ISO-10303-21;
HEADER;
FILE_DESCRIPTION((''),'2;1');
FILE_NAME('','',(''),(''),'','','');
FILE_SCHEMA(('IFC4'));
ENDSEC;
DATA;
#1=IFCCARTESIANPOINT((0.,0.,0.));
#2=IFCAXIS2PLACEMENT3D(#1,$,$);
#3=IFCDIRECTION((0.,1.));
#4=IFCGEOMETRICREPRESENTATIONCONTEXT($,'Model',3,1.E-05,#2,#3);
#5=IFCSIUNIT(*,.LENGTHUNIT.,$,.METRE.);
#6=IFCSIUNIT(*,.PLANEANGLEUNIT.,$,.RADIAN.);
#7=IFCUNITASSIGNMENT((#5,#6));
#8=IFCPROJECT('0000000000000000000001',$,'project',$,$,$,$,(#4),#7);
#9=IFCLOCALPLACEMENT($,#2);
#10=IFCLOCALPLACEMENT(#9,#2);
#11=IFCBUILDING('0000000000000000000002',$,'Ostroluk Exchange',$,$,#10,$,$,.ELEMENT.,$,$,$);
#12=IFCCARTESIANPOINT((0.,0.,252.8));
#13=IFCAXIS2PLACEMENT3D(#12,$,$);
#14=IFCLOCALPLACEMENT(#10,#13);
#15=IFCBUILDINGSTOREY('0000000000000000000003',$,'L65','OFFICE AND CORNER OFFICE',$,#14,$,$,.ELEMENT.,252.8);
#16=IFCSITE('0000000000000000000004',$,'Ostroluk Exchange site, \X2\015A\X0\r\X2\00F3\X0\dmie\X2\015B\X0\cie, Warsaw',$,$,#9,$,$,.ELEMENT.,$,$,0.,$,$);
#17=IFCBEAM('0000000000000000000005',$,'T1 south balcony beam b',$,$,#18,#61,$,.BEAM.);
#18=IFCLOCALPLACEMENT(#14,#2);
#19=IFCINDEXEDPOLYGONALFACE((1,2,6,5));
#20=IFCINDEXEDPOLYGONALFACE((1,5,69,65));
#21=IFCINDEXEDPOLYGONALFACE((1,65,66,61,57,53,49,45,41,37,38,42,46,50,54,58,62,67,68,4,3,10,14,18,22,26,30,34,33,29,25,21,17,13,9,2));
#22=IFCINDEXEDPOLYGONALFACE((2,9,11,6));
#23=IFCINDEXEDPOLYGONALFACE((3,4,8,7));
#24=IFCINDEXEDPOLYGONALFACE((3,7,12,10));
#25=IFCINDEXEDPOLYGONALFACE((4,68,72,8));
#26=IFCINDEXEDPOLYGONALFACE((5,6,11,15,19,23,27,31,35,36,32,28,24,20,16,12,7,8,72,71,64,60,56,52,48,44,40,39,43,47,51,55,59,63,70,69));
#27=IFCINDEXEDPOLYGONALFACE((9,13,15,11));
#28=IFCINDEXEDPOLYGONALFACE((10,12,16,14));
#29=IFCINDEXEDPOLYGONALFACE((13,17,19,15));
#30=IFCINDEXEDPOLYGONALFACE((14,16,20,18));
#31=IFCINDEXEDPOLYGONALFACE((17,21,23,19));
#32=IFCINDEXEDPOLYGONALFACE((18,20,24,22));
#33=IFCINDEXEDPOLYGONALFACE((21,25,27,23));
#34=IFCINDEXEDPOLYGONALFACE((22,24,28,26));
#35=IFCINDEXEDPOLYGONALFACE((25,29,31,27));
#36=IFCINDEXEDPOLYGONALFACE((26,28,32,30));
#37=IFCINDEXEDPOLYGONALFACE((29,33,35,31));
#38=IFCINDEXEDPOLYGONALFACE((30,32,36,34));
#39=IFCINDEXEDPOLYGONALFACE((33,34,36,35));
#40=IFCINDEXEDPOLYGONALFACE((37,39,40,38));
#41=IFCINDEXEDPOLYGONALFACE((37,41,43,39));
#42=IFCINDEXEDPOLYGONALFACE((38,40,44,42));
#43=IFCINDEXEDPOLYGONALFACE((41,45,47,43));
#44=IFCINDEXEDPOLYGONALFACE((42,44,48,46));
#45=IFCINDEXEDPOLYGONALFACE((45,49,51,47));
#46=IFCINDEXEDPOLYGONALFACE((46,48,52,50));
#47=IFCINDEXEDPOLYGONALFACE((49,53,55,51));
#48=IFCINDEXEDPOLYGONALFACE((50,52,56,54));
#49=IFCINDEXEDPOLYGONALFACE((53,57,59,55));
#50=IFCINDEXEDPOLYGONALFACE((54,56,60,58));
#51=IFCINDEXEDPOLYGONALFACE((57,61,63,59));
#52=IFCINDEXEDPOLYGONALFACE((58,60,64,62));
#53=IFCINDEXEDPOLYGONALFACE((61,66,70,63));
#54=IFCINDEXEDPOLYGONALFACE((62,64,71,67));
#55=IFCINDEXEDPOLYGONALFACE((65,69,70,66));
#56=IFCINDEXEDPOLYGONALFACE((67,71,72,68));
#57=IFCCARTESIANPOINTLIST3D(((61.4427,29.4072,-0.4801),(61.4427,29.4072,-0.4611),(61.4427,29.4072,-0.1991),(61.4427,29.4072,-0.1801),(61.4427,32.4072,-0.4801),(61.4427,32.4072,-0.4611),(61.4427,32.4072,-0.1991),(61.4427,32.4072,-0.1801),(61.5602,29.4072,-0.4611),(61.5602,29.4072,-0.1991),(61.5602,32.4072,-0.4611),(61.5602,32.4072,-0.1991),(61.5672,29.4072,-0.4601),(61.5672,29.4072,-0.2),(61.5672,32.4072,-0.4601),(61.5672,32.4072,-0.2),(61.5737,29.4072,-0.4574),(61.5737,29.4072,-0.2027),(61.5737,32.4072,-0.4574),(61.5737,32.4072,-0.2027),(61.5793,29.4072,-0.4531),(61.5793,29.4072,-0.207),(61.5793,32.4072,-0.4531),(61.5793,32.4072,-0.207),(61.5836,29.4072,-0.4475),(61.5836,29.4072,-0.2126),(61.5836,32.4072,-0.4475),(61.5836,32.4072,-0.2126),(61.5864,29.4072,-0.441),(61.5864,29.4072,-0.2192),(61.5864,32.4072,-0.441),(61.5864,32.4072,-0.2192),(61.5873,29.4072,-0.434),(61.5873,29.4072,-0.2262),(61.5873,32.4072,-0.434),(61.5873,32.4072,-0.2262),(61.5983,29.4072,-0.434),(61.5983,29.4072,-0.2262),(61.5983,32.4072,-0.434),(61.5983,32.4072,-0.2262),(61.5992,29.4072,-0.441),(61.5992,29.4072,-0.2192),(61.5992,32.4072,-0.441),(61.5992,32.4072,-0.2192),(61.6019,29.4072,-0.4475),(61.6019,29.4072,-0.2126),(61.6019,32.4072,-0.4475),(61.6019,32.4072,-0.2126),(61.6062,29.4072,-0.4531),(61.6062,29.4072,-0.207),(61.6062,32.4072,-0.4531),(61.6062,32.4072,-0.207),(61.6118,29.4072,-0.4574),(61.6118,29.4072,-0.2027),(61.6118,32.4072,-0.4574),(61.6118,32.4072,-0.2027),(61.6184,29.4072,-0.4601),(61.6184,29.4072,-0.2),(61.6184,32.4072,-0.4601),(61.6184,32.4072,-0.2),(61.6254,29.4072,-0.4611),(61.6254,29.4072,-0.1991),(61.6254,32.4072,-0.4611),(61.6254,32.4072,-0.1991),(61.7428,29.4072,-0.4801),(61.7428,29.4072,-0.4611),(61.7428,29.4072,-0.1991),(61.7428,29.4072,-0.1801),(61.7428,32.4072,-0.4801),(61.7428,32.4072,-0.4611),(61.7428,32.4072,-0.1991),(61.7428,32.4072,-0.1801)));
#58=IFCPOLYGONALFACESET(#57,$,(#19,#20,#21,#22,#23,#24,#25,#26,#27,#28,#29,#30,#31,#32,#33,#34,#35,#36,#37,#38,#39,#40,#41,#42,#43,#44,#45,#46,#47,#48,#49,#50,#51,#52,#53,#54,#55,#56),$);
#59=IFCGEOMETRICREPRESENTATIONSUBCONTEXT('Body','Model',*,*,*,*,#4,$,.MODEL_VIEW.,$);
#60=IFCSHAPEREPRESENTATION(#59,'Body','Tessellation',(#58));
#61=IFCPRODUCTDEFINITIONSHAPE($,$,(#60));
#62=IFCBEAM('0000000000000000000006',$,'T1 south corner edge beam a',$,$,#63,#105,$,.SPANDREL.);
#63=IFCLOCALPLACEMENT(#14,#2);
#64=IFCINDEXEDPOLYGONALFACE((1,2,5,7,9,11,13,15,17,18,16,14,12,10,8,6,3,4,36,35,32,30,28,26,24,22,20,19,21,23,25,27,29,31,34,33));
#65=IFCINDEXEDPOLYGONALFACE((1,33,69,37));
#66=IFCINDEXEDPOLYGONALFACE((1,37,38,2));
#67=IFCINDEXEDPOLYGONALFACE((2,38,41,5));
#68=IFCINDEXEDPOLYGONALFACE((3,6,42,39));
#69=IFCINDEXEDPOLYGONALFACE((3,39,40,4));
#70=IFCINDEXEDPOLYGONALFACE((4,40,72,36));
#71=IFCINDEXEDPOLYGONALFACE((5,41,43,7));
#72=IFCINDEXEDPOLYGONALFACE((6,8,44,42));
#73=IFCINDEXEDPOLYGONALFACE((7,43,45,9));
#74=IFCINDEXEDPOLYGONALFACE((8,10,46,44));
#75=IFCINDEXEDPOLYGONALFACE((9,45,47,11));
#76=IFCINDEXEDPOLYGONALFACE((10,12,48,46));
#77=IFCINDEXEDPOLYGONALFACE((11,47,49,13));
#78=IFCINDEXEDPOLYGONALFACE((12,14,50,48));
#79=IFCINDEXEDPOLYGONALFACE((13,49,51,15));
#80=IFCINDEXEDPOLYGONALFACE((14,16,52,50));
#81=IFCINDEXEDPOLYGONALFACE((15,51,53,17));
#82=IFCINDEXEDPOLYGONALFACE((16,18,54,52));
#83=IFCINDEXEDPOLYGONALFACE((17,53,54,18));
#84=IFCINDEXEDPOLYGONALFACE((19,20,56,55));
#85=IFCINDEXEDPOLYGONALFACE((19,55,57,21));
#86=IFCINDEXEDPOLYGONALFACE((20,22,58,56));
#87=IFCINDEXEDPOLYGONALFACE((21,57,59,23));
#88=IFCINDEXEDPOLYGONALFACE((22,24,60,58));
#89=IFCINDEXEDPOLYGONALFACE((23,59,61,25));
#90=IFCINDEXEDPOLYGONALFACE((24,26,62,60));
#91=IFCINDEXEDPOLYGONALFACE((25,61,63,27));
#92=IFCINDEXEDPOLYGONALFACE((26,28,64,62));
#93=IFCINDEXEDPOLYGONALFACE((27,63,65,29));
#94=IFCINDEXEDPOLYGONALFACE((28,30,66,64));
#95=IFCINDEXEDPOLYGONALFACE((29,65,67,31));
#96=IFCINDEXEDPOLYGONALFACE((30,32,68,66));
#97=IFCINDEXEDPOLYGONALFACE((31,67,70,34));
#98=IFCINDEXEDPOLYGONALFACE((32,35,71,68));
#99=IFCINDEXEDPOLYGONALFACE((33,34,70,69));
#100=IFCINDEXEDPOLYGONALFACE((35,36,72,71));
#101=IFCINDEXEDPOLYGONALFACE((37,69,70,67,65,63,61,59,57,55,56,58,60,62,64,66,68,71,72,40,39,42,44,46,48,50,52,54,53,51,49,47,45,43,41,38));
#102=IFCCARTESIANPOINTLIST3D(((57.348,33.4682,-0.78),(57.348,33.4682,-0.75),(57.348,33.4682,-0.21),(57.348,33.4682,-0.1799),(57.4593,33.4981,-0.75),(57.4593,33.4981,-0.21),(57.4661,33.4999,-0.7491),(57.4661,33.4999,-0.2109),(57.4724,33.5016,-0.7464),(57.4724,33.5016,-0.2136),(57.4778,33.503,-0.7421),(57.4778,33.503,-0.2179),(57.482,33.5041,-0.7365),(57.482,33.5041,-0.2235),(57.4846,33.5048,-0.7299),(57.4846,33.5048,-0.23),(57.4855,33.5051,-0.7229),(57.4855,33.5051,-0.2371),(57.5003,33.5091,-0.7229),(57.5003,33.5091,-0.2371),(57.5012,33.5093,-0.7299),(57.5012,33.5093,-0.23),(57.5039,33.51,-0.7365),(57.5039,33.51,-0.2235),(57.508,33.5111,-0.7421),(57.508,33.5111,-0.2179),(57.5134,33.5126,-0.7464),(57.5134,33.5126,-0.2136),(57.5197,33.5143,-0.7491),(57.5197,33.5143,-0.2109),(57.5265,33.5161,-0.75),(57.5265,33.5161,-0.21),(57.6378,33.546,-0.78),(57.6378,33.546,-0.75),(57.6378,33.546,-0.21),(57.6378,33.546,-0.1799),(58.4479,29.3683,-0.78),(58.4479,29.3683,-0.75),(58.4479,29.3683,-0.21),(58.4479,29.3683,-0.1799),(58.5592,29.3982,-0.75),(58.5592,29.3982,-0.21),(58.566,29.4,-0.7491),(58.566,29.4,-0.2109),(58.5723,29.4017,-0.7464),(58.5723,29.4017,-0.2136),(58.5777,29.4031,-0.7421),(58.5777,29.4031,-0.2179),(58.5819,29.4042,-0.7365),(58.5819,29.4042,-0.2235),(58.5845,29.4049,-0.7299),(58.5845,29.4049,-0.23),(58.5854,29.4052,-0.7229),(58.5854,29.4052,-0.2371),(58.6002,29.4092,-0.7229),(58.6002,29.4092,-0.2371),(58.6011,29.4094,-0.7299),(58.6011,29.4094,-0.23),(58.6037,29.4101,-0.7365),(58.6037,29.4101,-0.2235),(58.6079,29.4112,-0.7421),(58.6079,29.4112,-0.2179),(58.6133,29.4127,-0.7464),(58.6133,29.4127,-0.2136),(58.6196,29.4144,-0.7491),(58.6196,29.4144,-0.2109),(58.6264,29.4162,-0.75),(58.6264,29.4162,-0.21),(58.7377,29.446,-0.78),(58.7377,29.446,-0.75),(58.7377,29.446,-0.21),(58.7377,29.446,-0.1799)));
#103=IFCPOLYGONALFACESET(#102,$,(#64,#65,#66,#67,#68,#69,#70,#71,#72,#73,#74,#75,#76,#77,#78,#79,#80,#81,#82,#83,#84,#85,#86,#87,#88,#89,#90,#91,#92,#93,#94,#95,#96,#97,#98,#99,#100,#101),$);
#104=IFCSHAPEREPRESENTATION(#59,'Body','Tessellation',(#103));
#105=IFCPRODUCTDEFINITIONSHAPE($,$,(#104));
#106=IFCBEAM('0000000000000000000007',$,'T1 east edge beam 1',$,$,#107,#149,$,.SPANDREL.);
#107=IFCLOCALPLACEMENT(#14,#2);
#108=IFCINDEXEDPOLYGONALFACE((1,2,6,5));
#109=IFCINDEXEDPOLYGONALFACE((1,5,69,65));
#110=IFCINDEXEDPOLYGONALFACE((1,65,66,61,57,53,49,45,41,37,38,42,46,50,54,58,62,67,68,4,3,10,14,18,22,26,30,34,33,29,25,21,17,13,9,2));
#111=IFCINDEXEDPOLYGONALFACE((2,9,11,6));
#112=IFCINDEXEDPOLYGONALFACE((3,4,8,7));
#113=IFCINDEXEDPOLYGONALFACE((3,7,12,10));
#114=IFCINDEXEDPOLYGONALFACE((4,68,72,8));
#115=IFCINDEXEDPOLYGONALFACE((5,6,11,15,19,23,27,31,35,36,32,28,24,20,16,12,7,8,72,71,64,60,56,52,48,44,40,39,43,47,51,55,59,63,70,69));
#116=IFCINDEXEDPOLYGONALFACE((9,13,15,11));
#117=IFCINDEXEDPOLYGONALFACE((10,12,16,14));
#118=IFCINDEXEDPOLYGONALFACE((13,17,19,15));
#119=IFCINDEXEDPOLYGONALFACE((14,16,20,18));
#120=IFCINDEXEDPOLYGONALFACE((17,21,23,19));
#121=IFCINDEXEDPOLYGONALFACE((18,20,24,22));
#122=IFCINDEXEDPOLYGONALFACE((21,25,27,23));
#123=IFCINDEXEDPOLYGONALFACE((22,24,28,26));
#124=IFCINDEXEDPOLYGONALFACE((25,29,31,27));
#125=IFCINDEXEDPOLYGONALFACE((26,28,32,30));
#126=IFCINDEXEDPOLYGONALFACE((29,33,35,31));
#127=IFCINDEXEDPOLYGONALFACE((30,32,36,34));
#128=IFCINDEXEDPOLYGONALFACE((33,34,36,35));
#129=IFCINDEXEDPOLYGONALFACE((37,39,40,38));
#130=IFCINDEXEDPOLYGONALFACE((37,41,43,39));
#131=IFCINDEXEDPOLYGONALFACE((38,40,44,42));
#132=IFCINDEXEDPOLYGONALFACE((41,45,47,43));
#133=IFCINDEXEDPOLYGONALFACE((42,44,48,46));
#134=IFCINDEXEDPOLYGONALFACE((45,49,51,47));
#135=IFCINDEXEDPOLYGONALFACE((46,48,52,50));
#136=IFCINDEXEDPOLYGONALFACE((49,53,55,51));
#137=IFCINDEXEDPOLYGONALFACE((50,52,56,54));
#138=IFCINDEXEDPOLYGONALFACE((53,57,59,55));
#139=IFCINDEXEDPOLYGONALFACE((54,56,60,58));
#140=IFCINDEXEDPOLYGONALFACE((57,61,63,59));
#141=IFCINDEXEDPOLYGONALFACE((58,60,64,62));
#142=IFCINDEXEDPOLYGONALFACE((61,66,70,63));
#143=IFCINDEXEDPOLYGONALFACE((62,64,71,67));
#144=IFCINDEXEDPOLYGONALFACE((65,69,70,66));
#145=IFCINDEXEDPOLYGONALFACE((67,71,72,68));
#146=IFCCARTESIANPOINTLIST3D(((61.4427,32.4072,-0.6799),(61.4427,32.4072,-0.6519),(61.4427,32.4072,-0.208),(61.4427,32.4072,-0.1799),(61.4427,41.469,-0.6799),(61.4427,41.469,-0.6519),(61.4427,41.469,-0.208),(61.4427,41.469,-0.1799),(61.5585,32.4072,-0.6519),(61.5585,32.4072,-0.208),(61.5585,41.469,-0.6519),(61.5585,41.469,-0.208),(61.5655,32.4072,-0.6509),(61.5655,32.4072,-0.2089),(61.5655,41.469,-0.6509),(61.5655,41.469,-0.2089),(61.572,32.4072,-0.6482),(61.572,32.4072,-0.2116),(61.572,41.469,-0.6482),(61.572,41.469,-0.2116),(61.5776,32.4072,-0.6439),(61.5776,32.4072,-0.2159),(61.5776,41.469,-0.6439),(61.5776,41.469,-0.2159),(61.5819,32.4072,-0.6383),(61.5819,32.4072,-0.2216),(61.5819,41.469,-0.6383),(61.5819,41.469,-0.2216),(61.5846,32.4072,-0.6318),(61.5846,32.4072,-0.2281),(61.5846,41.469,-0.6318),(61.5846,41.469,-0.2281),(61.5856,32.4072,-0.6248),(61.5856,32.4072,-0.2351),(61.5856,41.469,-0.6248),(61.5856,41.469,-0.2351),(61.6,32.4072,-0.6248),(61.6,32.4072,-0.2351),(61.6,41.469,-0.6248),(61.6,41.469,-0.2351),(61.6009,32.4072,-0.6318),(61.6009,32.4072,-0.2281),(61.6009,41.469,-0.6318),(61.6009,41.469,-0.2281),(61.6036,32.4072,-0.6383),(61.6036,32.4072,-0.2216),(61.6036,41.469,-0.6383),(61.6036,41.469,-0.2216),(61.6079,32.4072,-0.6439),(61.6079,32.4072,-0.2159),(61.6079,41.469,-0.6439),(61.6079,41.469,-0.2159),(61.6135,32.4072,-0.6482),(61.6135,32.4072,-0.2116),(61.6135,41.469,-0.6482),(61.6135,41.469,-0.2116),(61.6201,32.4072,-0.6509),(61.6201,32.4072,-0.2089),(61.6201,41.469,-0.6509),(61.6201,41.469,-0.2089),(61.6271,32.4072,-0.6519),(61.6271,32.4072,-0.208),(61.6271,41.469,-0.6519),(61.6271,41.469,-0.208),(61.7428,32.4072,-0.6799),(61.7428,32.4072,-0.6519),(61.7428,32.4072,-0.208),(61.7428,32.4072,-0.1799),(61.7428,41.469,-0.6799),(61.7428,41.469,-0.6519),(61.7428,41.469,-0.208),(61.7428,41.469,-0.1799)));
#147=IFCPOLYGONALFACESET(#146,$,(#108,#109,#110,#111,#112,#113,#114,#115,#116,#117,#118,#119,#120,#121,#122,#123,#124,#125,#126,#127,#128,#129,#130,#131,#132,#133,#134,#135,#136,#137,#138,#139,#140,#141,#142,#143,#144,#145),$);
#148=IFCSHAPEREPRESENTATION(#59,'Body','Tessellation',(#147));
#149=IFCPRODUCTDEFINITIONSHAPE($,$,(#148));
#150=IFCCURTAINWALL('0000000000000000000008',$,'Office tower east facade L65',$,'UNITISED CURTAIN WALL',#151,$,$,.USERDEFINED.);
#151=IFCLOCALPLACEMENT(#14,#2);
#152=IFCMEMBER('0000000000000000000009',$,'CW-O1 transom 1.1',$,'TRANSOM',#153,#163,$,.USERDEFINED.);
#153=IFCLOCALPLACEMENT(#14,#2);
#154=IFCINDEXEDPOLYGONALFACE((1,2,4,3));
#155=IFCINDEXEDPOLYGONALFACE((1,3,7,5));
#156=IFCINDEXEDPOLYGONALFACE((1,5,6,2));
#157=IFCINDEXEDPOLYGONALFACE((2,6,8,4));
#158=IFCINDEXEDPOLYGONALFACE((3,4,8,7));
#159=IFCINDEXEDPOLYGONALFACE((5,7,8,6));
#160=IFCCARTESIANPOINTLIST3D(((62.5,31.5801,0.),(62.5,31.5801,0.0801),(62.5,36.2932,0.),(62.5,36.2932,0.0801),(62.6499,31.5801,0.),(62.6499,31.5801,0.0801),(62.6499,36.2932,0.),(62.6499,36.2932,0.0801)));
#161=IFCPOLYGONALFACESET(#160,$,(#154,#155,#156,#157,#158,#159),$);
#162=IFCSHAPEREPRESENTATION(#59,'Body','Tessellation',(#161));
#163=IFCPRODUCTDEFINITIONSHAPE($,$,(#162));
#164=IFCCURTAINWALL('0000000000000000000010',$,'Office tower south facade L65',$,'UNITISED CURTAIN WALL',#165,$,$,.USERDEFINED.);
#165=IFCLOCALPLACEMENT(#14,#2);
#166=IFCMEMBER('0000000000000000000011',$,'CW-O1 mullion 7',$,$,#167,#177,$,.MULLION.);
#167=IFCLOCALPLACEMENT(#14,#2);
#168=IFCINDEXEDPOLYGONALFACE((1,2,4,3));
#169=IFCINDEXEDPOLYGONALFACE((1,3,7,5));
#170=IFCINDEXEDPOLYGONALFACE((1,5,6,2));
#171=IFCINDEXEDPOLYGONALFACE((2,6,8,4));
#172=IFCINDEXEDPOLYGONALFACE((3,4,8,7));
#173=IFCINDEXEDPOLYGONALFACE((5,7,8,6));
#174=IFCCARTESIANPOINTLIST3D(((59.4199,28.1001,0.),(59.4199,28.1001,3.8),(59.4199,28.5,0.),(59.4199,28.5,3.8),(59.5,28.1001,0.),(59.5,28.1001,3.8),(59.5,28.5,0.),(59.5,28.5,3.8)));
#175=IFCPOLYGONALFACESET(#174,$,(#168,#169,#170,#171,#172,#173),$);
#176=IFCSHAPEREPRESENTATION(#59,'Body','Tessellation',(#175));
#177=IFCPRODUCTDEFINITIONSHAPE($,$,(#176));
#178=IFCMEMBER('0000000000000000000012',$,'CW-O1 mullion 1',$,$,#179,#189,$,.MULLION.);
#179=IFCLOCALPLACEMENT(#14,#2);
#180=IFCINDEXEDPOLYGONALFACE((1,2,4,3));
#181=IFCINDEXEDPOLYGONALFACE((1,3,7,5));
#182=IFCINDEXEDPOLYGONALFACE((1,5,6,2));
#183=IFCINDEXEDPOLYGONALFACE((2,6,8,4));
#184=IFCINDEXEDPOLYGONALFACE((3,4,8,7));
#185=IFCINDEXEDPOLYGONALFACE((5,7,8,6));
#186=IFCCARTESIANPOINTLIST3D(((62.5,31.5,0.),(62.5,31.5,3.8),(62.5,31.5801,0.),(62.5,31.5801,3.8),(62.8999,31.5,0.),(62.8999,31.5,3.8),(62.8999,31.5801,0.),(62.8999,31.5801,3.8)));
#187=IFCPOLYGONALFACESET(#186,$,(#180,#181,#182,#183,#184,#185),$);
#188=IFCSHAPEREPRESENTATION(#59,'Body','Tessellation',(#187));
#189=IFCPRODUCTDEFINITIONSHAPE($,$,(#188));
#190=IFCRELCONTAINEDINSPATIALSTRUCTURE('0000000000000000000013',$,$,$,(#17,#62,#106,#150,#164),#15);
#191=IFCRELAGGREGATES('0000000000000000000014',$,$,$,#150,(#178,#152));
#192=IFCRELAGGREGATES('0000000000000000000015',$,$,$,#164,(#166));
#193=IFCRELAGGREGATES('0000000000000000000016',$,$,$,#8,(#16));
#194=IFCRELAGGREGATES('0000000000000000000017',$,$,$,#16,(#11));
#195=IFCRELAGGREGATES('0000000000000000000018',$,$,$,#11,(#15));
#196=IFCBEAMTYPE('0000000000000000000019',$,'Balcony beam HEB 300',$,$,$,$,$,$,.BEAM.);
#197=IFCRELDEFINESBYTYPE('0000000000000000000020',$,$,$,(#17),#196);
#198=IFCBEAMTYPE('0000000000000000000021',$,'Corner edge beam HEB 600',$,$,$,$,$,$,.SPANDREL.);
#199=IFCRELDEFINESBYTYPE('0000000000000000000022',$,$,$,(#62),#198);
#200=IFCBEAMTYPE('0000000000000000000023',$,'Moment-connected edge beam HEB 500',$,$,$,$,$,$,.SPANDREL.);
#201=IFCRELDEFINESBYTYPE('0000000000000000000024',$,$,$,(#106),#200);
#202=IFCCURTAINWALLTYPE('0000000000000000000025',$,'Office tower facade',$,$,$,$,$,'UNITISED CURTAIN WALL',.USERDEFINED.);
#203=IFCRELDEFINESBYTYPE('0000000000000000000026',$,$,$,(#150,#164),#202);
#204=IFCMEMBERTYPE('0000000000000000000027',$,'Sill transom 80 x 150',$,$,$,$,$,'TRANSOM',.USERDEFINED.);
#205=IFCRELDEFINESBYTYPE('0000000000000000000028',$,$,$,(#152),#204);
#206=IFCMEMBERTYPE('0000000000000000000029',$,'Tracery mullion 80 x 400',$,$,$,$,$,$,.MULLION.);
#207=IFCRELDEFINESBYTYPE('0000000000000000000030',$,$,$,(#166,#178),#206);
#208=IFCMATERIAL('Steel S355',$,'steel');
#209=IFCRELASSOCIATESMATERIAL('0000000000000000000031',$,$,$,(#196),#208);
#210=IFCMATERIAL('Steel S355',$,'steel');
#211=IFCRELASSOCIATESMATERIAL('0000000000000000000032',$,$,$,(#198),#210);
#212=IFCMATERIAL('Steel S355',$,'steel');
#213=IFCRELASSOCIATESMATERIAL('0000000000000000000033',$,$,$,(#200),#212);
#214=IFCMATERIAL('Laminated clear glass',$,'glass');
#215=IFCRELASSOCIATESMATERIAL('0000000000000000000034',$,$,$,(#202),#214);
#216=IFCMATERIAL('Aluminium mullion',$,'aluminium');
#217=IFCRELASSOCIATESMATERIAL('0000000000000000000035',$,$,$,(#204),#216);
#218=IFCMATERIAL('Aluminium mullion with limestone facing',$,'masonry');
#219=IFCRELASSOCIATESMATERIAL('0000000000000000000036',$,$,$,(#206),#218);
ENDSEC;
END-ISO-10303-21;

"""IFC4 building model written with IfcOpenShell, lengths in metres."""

from ifc_helpers import new_model, si_unit, direction, frame, origin, origin_2d, place, context, subcontext, project, spatial, rectangle, i_section, extrude, material, material_profile, profile_set, type_object, element, aggregate, save


model = new_model("IFC4")

# Units and contexts
model_context = context("Model", 3, precision=1e-05, world=origin(), true_north=direction((0.0, 1.0)))
body_context = subcontext(model_context, "Body", "Model", "MODEL_VIEW")
ifc_project = project(units=[si_unit("LENGTHUNIT", "METRE"), si_unit("PLANEANGLEUNIT", "RADIAN")], contexts=[model_context])

# Site, building, storey
site_placement = place(None, origin())
site = spatial("IfcSite", under=ifc_project, at=site_placement, Name="Ostroluk Exchange site, Śródmieście, Warsaw", CompositionType="ELEMENT", RefElevation=0.0)
building_placement = place(site_placement, origin())
building = spatial("IfcBuilding", under=site, at=building_placement, Name="Ostroluk Exchange", CompositionType="ELEMENT")
storey_placement = place(building_placement, frame((0.0, 0.0, 252.8)))
storey = spatial("IfcBuildingStorey", under=building, at=storey_placement, Name="L65", Description="OFFICE AND CORNER OFFICE", CompositionType="ELEMENT", Elevation=252.8)

# Beams
ifc_material_1 = material(Name="Steel S355", Category="steel")
ifc_material_profile_1 = material_profile(ifc_material_1, i_section(OverallWidth=0.3, OverallDepth=0.3, WebThickness=0.011, FlangeThickness=0.019, FilletRadius=0.0271, at=origin_2d()), Name="HEB 300")
ifc_profile_set_1 = profile_set([ifc_material_profile_1], Name="Steel S355")
beam_type_1 = type_object("IfcBeamType", Name="Balcony beam HEB 300", PredefinedType="BEAM", material=ifc_profile_set_1)
for number, where, z_axis, x_axis, name in (
    (1, (61.5928, 32.4072, -0.3301), (0.0, -1.0, 0.0), (1.0, 0.0, 0.0), "T1 south balcony beam b"),
):
    element("IfcBeam", number, at=place(storey_placement, frame(where, z_axis=z_axis, x_axis=x_axis)), inside=storey, type_object=beam_type_1, Name=name, PredefinedType="BEAM", context=body_context, shape_type="SweptSolid", body=[
        extrude(i_section(OverallWidth=0.3, OverallDepth=0.3, WebThickness=0.011, FlangeThickness=0.019, FilletRadius=0.0271, at=origin_2d()), origin(), (0.0, 0.0, 1.0), 3.0),
    ])
ifc_material_2 = material(Name="Steel S355", Category="steel")
ifc_material_profile_2 = material_profile(ifc_material_2, i_section(OverallWidth=0.3, OverallDepth=0.6001, WebThickness=0.0154, FlangeThickness=0.03, FilletRadius=0.0271, at=origin_2d()), Name="HEB 600")
ifc_profile_set_2 = profile_set([ifc_material_profile_2], Name="Steel S355")
beam_type_2 = type_object("IfcBeamType", Name="Corner edge beam HEB 600", PredefinedType="SPANDREL", material=ifc_profile_set_2)
beam_1_placement = place(storey_placement, frame((57.4929, 33.5071, -0.48), z_axis=(0.259105, -0.965849, 0.0), x_axis=(0.965849, 0.259105, 0.0)))
element("IfcBeam", 2, at=beam_1_placement, inside=storey, type_object=beam_type_2, Name="T1 south corner edge beam a", PredefinedType="SPANDREL", context=body_context, shape_type="SweptSolid", body=[
    extrude(i_section(OverallWidth=0.3, OverallDepth=0.6001, WebThickness=0.0154, FlangeThickness=0.03, FilletRadius=0.0271, at=origin_2d()), origin(), (0.0, 0.0, 1.0), 4.2449),
])
ifc_material_3 = material(Name="Steel S355", Category="steel")
ifc_material_profile_3 = material_profile(ifc_material_3, i_section(OverallWidth=0.3, OverallDepth=0.5, WebThickness=0.0144, FlangeThickness=0.0281, FilletRadius=0.0271, at=origin_2d()), Name="HEB 500")
ifc_profile_set_3 = profile_set([ifc_material_profile_3], Name="Steel S355")
beam_type_3 = type_object("IfcBeamType", Name="Moment-connected edge beam HEB 500", PredefinedType="SPANDREL", material=ifc_profile_set_3)
beam_2_placement = place(storey_placement, frame((61.5928, 32.4072, -0.4299), z_axis=(0.0, 1.0, 0.0), x_axis=(-1.0, 0.0, 0.0)))
element("IfcBeam", 3, at=beam_2_placement, inside=storey, type_object=beam_type_3, Name="T1 east edge beam 1", PredefinedType="SPANDREL", context=body_context, shape_type="SweptSolid", body=[
    extrude(i_section(OverallWidth=0.3, OverallDepth=0.5, WebThickness=0.0144, FlangeThickness=0.0281, FilletRadius=0.0271, at=origin_2d()), origin(), (0.0, 0.0, 1.0), 9.0618),
])

# Curtain walls, members
ifc_material_4 = material(Name="Laminated clear glass", Category="glass")
curtain_wall_type = type_object("IfcCurtainWallType", Name="Office tower facade", ElementType="UNITISED CURTAIN WALL", PredefinedType="USERDEFINED", material=ifc_material_4)
curtain_wall_1_placement = place(storey_placement, origin())
curtain_wall_1 = element("IfcCurtainWall", 4, at=curtain_wall_1_placement, inside=storey, type_object=curtain_wall_type, Name="Office tower east facade L65", ObjectType="UNITISED CURTAIN WALL", PredefinedType="USERDEFINED")
ifc_material_5 = material(Name="Aluminium mullion", Category="aluminium")
ifc_material_profile_4 = material_profile(ifc_material_5, rectangle(XDim=0.1499, YDim=0.0801, at=origin_2d()), Name="Sill transom 80 x 150")
ifc_profile_set_4 = profile_set([ifc_material_profile_4], Name="Aluminium mullion")
member_type_1 = type_object("IfcMemberType", Name="Sill transom 80 x 150", ElementType="TRANSOM", PredefinedType="USERDEFINED", material=ifc_profile_set_4)
member_1_placement = place(storey_placement, frame((62.575, 31.5801, 0.04), z_axis=(0.0, 1.0, 0.0), x_axis=(-1.0, 0.0, 0.0)))
member_1 = element("IfcMember", 5, at=member_1_placement, type_object=member_type_1, Name="CW-O1 transom 1.1", ObjectType="TRANSOM", PredefinedType="USERDEFINED", context=body_context, shape_type="SweptSolid", body=[
    extrude(rectangle(XDim=0.1499, YDim=0.0801, at=origin_2d()), origin(), (0.0, 0.0, 1.0), 4.7131),
])
curtain_wall_2_placement = place(storey_placement, origin())
curtain_wall_2 = element("IfcCurtainWall", 6, at=curtain_wall_2_placement, inside=storey, type_object=curtain_wall_type, Name="Office tower south facade L65", ObjectType="UNITISED CURTAIN WALL", PredefinedType="USERDEFINED")
ifc_material_6 = material(Name="Aluminium mullion with limestone facing", Category="masonry")
ifc_material_profile_5 = material_profile(ifc_material_6, rectangle(XDim=0.3999, YDim=0.0801, at=origin_2d()), Name="Tracery mullion 80 x 400")
ifc_profile_set_5 = profile_set([ifc_material_profile_5], Name="Aluminium mullion with limestone facing")
member_type_2 = type_object("IfcMemberType", Name="Tracery mullion 80 x 400", PredefinedType="MULLION", material=ifc_profile_set_5)
member_2_placement = place(storey_placement, frame((59.46, 28.3, 0.0), z_axis=(0.0, 0.0, 1.0), x_axis=(0.0, 1.0, 0.0)))
member_2 = element("IfcMember", 7, at=member_2_placement, type_object=member_type_2, Name="CW-O1 mullion 7", PredefinedType="MULLION", context=body_context, shape_type="SweptSolid", body=[
    extrude(rectangle(XDim=0.3999, YDim=0.0801, at=origin_2d()), origin(), (0.0, 0.0, 1.0), 3.8),
])

# Member
member_3_placement = place(storey_placement, frame((62.7, 31.54, 0.0), z_axis=(0.0, 0.0, 1.0), x_axis=(-1.0, 0.0, 0.0)))
member_3 = element("IfcMember", 8, at=member_3_placement, type_object=member_type_2, Name="CW-O1 mullion 1", PredefinedType="MULLION", context=body_context, shape_type="SweptSolid", body=[
    extrude(rectangle(XDim=0.3999, YDim=0.0801, at=origin_2d()), origin(), (0.0, 0.0, 1.0), 3.8),
])
aggregate(curtain_wall_1, [member_3, member_1])

aggregate(curtain_wall_2, [member_2])

save(model, "model.ifc")
